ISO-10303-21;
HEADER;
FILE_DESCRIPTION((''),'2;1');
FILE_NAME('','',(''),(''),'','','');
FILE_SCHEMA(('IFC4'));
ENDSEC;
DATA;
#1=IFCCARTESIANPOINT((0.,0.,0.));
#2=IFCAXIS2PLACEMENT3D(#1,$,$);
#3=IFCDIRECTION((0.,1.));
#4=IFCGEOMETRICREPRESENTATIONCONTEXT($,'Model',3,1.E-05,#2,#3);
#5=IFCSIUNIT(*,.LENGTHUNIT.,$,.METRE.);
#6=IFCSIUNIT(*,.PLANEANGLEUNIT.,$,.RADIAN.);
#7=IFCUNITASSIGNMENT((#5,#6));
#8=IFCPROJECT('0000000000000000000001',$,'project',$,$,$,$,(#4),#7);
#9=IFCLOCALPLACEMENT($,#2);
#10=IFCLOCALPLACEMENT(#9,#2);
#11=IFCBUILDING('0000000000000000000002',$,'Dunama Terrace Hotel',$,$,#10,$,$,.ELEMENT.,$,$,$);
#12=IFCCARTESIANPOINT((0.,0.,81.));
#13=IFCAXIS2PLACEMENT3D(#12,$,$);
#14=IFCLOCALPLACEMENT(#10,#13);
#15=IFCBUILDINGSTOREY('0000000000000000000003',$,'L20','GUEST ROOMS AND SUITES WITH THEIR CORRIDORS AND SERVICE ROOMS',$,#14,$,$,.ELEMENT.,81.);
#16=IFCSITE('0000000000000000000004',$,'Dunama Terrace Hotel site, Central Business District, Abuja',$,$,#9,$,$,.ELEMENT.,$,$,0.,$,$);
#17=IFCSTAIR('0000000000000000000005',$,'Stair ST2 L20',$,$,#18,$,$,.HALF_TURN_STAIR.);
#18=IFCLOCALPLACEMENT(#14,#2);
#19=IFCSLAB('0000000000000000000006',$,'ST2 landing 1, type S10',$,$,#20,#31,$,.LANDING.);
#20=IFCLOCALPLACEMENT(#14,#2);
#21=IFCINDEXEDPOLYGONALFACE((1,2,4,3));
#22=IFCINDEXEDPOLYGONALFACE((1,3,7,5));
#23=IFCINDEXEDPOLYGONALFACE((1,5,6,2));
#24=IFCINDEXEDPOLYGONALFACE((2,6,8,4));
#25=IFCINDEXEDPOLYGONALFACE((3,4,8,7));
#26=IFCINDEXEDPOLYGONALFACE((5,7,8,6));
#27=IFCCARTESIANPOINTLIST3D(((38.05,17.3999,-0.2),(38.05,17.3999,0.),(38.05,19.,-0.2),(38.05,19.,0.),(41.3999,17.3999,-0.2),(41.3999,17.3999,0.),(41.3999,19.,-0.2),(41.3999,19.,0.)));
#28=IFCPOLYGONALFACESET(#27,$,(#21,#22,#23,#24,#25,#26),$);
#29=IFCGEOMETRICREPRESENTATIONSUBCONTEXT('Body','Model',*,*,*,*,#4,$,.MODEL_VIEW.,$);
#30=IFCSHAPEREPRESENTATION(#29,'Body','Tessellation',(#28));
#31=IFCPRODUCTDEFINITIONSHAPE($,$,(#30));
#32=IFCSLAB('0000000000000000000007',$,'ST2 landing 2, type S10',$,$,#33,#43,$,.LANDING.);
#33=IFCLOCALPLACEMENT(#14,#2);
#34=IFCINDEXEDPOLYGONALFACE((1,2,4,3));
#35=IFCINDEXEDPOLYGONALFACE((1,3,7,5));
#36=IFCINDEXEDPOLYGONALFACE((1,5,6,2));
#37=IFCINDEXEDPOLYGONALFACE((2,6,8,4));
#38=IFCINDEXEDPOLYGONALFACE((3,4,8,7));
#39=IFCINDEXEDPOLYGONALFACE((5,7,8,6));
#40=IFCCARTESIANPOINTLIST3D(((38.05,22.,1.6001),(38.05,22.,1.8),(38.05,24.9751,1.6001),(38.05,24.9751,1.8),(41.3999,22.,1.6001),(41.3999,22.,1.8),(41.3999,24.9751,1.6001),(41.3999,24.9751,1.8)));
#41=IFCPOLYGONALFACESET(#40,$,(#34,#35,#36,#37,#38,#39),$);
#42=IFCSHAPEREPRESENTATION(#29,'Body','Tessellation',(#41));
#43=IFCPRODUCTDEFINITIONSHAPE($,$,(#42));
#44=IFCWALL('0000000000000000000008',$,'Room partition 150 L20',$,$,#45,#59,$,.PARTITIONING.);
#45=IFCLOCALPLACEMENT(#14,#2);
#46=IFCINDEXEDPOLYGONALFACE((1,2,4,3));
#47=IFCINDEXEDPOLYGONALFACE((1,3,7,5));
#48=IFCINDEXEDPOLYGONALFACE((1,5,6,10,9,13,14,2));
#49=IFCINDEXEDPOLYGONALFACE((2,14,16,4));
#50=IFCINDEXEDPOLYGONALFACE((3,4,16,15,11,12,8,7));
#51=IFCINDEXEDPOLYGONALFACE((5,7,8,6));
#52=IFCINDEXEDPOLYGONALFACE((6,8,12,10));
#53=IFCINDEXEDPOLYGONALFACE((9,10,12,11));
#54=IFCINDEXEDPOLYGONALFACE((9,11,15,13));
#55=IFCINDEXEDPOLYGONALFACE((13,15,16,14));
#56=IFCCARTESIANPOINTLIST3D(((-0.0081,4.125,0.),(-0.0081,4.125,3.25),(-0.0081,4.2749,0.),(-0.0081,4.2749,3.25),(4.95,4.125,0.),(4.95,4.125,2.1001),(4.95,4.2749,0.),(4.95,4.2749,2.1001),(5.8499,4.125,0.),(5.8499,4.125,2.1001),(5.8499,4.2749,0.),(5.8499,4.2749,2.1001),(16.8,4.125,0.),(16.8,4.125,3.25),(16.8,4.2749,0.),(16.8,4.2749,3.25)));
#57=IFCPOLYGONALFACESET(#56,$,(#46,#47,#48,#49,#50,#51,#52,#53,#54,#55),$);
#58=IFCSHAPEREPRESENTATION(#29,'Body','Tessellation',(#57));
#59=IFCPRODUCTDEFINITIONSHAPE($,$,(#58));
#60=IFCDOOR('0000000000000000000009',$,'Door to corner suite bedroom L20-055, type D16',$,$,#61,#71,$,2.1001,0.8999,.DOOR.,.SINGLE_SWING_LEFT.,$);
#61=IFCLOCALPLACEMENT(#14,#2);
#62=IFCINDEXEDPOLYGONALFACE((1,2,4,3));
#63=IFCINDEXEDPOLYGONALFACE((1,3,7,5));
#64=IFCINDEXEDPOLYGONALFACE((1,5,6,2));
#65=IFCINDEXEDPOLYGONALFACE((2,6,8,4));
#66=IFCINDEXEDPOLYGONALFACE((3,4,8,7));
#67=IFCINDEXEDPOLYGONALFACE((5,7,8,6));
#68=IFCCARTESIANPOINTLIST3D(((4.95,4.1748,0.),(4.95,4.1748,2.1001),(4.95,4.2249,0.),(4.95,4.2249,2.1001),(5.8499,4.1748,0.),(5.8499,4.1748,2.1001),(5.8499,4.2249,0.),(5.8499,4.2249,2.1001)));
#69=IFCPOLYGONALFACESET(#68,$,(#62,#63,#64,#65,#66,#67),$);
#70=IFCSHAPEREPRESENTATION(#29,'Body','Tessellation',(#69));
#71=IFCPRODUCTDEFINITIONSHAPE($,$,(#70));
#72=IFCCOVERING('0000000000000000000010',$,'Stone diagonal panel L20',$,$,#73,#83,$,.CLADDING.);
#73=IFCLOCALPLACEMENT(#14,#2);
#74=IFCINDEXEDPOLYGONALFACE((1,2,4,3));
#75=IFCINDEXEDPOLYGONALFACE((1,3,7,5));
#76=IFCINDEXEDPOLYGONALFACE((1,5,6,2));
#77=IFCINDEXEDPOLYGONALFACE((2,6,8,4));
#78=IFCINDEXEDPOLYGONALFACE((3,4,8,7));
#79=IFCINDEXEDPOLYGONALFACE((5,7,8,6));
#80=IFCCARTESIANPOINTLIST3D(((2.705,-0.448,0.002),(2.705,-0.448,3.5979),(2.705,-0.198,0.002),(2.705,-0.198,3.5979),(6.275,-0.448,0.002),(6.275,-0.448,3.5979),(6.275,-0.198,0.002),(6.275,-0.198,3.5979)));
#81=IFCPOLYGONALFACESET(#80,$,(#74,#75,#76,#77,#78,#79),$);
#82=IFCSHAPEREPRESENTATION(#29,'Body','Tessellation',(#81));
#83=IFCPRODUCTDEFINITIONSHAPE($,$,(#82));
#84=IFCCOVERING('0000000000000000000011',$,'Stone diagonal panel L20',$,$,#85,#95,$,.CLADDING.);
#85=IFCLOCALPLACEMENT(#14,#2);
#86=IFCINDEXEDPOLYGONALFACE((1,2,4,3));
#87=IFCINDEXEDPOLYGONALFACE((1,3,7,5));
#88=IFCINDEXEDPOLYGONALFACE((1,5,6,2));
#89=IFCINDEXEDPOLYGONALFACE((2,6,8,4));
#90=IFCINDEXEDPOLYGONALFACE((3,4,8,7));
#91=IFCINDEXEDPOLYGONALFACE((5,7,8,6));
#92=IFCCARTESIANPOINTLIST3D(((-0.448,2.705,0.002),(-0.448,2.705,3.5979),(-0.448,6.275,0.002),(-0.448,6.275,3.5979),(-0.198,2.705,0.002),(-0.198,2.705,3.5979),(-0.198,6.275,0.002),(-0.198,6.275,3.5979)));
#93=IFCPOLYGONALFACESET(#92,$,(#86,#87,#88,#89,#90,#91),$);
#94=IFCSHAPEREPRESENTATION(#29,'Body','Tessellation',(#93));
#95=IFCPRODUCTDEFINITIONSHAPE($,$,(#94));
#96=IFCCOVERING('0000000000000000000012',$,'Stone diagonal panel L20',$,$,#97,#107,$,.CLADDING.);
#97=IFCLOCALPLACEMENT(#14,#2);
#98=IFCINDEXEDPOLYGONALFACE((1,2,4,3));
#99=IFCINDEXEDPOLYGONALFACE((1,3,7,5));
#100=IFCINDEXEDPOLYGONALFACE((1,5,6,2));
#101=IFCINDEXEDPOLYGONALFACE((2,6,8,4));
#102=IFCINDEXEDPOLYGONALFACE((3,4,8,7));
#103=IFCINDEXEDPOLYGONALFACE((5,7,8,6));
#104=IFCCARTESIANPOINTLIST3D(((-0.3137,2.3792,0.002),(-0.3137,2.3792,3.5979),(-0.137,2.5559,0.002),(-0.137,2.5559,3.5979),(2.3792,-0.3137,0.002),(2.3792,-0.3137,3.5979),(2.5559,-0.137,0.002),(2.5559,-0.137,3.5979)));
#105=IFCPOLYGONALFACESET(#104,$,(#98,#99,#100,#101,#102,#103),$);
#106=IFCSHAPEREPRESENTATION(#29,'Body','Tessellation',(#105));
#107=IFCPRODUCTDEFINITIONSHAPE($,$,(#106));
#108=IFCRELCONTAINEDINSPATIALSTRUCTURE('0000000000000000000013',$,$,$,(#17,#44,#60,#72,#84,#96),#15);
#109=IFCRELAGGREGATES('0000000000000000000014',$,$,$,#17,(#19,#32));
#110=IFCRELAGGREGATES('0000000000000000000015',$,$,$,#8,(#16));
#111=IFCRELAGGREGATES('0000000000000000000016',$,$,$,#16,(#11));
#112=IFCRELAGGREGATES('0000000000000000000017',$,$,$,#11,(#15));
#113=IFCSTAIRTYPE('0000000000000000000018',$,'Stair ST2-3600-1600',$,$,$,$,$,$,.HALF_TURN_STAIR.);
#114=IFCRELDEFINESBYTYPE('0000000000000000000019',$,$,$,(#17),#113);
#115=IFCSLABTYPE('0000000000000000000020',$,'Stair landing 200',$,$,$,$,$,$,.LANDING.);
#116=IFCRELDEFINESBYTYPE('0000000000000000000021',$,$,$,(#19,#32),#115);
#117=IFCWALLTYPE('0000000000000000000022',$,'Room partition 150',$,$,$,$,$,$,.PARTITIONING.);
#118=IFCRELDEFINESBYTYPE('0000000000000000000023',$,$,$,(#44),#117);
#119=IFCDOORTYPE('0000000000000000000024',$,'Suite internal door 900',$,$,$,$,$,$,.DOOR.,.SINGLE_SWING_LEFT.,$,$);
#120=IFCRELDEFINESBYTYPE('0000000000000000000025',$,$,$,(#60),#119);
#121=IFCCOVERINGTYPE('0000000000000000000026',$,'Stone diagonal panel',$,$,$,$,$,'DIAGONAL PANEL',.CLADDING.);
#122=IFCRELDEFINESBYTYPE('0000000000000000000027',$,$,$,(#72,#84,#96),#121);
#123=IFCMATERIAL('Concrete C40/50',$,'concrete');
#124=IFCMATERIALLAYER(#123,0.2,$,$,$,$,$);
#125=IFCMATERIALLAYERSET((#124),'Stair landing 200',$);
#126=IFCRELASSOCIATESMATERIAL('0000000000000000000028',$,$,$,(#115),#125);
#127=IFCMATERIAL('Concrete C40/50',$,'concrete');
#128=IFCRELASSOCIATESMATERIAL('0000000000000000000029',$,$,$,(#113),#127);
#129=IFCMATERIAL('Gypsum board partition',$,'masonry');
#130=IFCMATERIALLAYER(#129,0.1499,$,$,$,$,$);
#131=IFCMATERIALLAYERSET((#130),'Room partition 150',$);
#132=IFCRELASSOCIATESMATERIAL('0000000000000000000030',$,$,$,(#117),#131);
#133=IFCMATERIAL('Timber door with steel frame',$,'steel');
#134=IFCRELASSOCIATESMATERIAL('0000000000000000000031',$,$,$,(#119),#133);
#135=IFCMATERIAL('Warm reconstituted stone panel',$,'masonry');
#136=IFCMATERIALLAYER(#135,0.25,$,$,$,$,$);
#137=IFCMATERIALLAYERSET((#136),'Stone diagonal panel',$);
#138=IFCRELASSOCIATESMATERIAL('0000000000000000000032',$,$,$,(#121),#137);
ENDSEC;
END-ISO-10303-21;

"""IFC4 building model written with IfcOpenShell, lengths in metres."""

from ifc_helpers import new_model, si_unit, direction, frame, frame_2d, origin, origin_2d, place, context, subcontext, project, spatial, polyline, rectangle, outline, extrude, material, layer, layer_set, type_object, element, fill, aggregate, save


model = new_model("IFC4")

# Units and contexts
model_context = context("Model", 3, precision=1e-05, world=origin(), true_north=direction((0.0, 1.0)))
body_context = subcontext(model_context, "Body", "Model", "MODEL_VIEW")
ifc_project = project(units=[si_unit("LENGTHUNIT", "METRE"), si_unit("PLANEANGLEUNIT", "RADIAN")], contexts=[model_context])

# Site, building, storey
site_placement = place(None, origin())
site = spatial("IfcSite", under=ifc_project, at=site_placement, Name="Dunama Terrace Hotel site, Central Business District, Abuja", CompositionType="ELEMENT", RefElevation=0.0)
building_placement = place(site_placement, origin())
building = spatial("IfcBuilding", under=site, at=building_placement, Name="Dunama Terrace Hotel", CompositionType="ELEMENT")
storey_placement = place(building_placement, frame((0.0, 0.0, 81.0)))
storey = spatial("IfcBuildingStorey", under=building, at=storey_placement, Name="L20", Description="GUEST ROOMS AND SUITES WITH THEIR CORRIDORS AND SERVICE ROOMS", CompositionType="ELEMENT", Elevation=81.0)

# Stair, slabs
ifc_material_1 = material(Name="Concrete C40/50", Category="concrete")
ifc_layer_1 = layer(ifc_material_1, 0.2)
ifc_layer_set_1 = layer_set([ifc_layer_1], Name="Stair landing 200")
slab_type_1 = type_object("IfcSlabType", Name="Stair landing 200", PredefinedType="LANDING", material=ifc_layer_set_1)
ifc_material_2 = material(Name="Concrete C40/50", Category="concrete")
stair_type_1 = type_object("IfcStairType", Name="Stair ST2-3600-1600", PredefinedType="HALF_TURN_STAIR", material=ifc_material_2)
stair_1_placement = place(storey_placement, origin())
stair_1 = element("IfcStair", 1, at=stair_1_placement, inside=storey, type_object=stair_type_1, Name="Stair ST2 L20", PredefinedType="HALF_TURN_STAIR")
slab_1_placement = place(storey_placement, frame((0.0, 0.0, -0.2)))
slab_1 = element("IfcSlab", 2, at=slab_1_placement, type_object=slab_type_1, Name="ST2 landing 1, type S10", PredefinedType="LANDING", context=body_context, shape_type="SweptSolid", body=[
    extrude(outline(polyline([(38.05, 17.3999), (41.3999, 17.3999), (41.3999, 19.0), (38.05, 19.0), (38.05, 17.3999)])), origin(), (0.0, 0.0, 1.0), 0.2),
])
slab_2_placement = place(storey_placement, frame((0.0, 0.0, 1.6001)))
slab_2 = element("IfcSlab", 3, at=slab_2_placement, type_object=slab_type_1, Name="ST2 landing 2, type S10", PredefinedType="LANDING", context=body_context, shape_type="SweptSolid", body=[
    extrude(outline(polyline([(38.05, 22.0), (41.3999, 22.0), (41.3999, 24.9751), (38.05, 24.9751), (38.05, 22.0)])), origin(), (0.0, 0.0, 1.0), 0.2),
])
aggregate(stair_1, [slab_1, slab_2])

# Wall, opening, door
ifc_material_3 = material(Name="Gypsum board partition", Category="masonry")
ifc_layer_2 = layer(ifc_material_3, 0.1499)
ifc_layer_set_2 = layer_set([ifc_layer_2], Name="Room partition 150")
wall_type = type_object("IfcWallType", Name="Room partition 150", PredefinedType="PARTITIONING", material=ifc_layer_set_2)
wall_placement = place(storey_placement, frame((-0.0081, 4.2, 0.0), z_axis=(0.0, 0.0, 1.0), x_axis=(1.0, 0.0, 0.0)))
wall = element("IfcWall", 4, at=wall_placement, inside=storey, type_object=wall_type, Name="Room partition 150 L20", PredefinedType="PARTITIONING", context=body_context, shape_type="SweptSolid", body=[
    extrude(rectangle(XDim=16.8081, YDim=0.1499, at=frame_2d((8.4041, 0.0))), origin(), (0.0, 0.0, 1.0), 3.25),
])
opening_placement = place(wall_placement, frame((4.958, 0.0, 0.0)))
opening = element("IfcOpeningElement", 5, at=opening_placement, cuts=wall, PredefinedType="OPENING", context=body_context, shape_type="SweptSolid", body=[
    extrude(rectangle(XDim=0.8999, YDim=2.1001, at=frame_2d((0.45, 1.05))), frame((0.0, 0.085, 0.0), z_axis=(0.0, -1.0, 0.0), x_axis=(1.0, 0.0, 0.0)), (0.0, 0.0, 1.0), 0.1699),
])
ifc_material_4 = material(Name="Timber door with steel frame", Category="steel")
door_type = type_object("IfcDoorType", Name="Suite internal door 900", OperationType="SINGLE_SWING_LEFT", PredefinedType="DOOR", material=ifc_material_4)
door_placement = place(opening_placement, frame((0.8999, 0.0, 0.0), z_axis=(0.0, 0.0, 1.0), x_axis=(-1.0, 0.0, 0.0)))
door = element("IfcDoor", 6, at=door_placement, inside=storey, type_object=door_type, Name="Door to corner suite bedroom L20-055, type D16", OperationType="SINGLE_SWING_LEFT", OverallHeight=2.1001, OverallWidth=0.8999, PredefinedType="DOOR", context=body_context, shape_type="SweptSolid", body=[
    extrude(rectangle(XDim=0.8999, YDim=2.1001, at=frame_2d((0.45, 1.05))), frame((0.0, 0.0251, 0.0), z_axis=(0.0, -1.0, 0.0), x_axis=(1.0, 0.0, 0.0)), (0.0, 0.0, 1.0), 0.05),
])
fill(opening, door)

# Coverings
ifc_material_5 = material(Name="Warm reconstituted stone panel", Category="masonry")
ifc_layer_3 = layer(ifc_material_5, 0.25)
ifc_layer_set_3 = layer_set([ifc_layer_3], Name="Stone diagonal panel")
covering_type = type_object("IfcCoveringType", Name="Stone diagonal panel", ElementType="DIAGONAL PANEL", PredefinedType="CLADDING", material=ifc_layer_set_3)
for number, where, z_axis, x_axis, name in (
    (7, (4.49, -0.323, 0.002), (0.0, 0.0, 1.0), (1.0, 0.0, 0.0), "Stone diagonal panel L20"),
    (8, (-0.323, 4.49, 0.002), (0.0, 0.0, 1.0), (0.0, -1.0, 0.0), "Stone diagonal panel L20"),
):
    element("IfcCovering", number, at=place(storey_placement, frame(where, z_axis=z_axis, x_axis=x_axis)), inside=storey, type_object=covering_type, Name=name, PredefinedType="CLADDING", context=body_context, shape_type="SweptSolid", body=[
        extrude(rectangle(XDim=3.5701, YDim=0.25, at=origin_2d()), origin(), (0.0, 0.0, 1.0), 3.5959),
    ])
covering_placement = place(storey_placement, frame((1.1211, 1.1211, 0.002), z_axis=(0.0, 0.0, 1.0), x_axis=(0.707107, -0.707107, 0.0)))
element("IfcCovering", 9, at=covering_placement, inside=storey, type_object=covering_type, Name="Stone diagonal panel L20", PredefinedType="CLADDING", context=body_context, shape_type="SweptSolid", body=[
    extrude(rectangle(XDim=3.8083, YDim=0.25, at=origin_2d()), origin(), (0.0, 0.0, 1.0), 3.5959),
])

save(model, "model.ifc")
